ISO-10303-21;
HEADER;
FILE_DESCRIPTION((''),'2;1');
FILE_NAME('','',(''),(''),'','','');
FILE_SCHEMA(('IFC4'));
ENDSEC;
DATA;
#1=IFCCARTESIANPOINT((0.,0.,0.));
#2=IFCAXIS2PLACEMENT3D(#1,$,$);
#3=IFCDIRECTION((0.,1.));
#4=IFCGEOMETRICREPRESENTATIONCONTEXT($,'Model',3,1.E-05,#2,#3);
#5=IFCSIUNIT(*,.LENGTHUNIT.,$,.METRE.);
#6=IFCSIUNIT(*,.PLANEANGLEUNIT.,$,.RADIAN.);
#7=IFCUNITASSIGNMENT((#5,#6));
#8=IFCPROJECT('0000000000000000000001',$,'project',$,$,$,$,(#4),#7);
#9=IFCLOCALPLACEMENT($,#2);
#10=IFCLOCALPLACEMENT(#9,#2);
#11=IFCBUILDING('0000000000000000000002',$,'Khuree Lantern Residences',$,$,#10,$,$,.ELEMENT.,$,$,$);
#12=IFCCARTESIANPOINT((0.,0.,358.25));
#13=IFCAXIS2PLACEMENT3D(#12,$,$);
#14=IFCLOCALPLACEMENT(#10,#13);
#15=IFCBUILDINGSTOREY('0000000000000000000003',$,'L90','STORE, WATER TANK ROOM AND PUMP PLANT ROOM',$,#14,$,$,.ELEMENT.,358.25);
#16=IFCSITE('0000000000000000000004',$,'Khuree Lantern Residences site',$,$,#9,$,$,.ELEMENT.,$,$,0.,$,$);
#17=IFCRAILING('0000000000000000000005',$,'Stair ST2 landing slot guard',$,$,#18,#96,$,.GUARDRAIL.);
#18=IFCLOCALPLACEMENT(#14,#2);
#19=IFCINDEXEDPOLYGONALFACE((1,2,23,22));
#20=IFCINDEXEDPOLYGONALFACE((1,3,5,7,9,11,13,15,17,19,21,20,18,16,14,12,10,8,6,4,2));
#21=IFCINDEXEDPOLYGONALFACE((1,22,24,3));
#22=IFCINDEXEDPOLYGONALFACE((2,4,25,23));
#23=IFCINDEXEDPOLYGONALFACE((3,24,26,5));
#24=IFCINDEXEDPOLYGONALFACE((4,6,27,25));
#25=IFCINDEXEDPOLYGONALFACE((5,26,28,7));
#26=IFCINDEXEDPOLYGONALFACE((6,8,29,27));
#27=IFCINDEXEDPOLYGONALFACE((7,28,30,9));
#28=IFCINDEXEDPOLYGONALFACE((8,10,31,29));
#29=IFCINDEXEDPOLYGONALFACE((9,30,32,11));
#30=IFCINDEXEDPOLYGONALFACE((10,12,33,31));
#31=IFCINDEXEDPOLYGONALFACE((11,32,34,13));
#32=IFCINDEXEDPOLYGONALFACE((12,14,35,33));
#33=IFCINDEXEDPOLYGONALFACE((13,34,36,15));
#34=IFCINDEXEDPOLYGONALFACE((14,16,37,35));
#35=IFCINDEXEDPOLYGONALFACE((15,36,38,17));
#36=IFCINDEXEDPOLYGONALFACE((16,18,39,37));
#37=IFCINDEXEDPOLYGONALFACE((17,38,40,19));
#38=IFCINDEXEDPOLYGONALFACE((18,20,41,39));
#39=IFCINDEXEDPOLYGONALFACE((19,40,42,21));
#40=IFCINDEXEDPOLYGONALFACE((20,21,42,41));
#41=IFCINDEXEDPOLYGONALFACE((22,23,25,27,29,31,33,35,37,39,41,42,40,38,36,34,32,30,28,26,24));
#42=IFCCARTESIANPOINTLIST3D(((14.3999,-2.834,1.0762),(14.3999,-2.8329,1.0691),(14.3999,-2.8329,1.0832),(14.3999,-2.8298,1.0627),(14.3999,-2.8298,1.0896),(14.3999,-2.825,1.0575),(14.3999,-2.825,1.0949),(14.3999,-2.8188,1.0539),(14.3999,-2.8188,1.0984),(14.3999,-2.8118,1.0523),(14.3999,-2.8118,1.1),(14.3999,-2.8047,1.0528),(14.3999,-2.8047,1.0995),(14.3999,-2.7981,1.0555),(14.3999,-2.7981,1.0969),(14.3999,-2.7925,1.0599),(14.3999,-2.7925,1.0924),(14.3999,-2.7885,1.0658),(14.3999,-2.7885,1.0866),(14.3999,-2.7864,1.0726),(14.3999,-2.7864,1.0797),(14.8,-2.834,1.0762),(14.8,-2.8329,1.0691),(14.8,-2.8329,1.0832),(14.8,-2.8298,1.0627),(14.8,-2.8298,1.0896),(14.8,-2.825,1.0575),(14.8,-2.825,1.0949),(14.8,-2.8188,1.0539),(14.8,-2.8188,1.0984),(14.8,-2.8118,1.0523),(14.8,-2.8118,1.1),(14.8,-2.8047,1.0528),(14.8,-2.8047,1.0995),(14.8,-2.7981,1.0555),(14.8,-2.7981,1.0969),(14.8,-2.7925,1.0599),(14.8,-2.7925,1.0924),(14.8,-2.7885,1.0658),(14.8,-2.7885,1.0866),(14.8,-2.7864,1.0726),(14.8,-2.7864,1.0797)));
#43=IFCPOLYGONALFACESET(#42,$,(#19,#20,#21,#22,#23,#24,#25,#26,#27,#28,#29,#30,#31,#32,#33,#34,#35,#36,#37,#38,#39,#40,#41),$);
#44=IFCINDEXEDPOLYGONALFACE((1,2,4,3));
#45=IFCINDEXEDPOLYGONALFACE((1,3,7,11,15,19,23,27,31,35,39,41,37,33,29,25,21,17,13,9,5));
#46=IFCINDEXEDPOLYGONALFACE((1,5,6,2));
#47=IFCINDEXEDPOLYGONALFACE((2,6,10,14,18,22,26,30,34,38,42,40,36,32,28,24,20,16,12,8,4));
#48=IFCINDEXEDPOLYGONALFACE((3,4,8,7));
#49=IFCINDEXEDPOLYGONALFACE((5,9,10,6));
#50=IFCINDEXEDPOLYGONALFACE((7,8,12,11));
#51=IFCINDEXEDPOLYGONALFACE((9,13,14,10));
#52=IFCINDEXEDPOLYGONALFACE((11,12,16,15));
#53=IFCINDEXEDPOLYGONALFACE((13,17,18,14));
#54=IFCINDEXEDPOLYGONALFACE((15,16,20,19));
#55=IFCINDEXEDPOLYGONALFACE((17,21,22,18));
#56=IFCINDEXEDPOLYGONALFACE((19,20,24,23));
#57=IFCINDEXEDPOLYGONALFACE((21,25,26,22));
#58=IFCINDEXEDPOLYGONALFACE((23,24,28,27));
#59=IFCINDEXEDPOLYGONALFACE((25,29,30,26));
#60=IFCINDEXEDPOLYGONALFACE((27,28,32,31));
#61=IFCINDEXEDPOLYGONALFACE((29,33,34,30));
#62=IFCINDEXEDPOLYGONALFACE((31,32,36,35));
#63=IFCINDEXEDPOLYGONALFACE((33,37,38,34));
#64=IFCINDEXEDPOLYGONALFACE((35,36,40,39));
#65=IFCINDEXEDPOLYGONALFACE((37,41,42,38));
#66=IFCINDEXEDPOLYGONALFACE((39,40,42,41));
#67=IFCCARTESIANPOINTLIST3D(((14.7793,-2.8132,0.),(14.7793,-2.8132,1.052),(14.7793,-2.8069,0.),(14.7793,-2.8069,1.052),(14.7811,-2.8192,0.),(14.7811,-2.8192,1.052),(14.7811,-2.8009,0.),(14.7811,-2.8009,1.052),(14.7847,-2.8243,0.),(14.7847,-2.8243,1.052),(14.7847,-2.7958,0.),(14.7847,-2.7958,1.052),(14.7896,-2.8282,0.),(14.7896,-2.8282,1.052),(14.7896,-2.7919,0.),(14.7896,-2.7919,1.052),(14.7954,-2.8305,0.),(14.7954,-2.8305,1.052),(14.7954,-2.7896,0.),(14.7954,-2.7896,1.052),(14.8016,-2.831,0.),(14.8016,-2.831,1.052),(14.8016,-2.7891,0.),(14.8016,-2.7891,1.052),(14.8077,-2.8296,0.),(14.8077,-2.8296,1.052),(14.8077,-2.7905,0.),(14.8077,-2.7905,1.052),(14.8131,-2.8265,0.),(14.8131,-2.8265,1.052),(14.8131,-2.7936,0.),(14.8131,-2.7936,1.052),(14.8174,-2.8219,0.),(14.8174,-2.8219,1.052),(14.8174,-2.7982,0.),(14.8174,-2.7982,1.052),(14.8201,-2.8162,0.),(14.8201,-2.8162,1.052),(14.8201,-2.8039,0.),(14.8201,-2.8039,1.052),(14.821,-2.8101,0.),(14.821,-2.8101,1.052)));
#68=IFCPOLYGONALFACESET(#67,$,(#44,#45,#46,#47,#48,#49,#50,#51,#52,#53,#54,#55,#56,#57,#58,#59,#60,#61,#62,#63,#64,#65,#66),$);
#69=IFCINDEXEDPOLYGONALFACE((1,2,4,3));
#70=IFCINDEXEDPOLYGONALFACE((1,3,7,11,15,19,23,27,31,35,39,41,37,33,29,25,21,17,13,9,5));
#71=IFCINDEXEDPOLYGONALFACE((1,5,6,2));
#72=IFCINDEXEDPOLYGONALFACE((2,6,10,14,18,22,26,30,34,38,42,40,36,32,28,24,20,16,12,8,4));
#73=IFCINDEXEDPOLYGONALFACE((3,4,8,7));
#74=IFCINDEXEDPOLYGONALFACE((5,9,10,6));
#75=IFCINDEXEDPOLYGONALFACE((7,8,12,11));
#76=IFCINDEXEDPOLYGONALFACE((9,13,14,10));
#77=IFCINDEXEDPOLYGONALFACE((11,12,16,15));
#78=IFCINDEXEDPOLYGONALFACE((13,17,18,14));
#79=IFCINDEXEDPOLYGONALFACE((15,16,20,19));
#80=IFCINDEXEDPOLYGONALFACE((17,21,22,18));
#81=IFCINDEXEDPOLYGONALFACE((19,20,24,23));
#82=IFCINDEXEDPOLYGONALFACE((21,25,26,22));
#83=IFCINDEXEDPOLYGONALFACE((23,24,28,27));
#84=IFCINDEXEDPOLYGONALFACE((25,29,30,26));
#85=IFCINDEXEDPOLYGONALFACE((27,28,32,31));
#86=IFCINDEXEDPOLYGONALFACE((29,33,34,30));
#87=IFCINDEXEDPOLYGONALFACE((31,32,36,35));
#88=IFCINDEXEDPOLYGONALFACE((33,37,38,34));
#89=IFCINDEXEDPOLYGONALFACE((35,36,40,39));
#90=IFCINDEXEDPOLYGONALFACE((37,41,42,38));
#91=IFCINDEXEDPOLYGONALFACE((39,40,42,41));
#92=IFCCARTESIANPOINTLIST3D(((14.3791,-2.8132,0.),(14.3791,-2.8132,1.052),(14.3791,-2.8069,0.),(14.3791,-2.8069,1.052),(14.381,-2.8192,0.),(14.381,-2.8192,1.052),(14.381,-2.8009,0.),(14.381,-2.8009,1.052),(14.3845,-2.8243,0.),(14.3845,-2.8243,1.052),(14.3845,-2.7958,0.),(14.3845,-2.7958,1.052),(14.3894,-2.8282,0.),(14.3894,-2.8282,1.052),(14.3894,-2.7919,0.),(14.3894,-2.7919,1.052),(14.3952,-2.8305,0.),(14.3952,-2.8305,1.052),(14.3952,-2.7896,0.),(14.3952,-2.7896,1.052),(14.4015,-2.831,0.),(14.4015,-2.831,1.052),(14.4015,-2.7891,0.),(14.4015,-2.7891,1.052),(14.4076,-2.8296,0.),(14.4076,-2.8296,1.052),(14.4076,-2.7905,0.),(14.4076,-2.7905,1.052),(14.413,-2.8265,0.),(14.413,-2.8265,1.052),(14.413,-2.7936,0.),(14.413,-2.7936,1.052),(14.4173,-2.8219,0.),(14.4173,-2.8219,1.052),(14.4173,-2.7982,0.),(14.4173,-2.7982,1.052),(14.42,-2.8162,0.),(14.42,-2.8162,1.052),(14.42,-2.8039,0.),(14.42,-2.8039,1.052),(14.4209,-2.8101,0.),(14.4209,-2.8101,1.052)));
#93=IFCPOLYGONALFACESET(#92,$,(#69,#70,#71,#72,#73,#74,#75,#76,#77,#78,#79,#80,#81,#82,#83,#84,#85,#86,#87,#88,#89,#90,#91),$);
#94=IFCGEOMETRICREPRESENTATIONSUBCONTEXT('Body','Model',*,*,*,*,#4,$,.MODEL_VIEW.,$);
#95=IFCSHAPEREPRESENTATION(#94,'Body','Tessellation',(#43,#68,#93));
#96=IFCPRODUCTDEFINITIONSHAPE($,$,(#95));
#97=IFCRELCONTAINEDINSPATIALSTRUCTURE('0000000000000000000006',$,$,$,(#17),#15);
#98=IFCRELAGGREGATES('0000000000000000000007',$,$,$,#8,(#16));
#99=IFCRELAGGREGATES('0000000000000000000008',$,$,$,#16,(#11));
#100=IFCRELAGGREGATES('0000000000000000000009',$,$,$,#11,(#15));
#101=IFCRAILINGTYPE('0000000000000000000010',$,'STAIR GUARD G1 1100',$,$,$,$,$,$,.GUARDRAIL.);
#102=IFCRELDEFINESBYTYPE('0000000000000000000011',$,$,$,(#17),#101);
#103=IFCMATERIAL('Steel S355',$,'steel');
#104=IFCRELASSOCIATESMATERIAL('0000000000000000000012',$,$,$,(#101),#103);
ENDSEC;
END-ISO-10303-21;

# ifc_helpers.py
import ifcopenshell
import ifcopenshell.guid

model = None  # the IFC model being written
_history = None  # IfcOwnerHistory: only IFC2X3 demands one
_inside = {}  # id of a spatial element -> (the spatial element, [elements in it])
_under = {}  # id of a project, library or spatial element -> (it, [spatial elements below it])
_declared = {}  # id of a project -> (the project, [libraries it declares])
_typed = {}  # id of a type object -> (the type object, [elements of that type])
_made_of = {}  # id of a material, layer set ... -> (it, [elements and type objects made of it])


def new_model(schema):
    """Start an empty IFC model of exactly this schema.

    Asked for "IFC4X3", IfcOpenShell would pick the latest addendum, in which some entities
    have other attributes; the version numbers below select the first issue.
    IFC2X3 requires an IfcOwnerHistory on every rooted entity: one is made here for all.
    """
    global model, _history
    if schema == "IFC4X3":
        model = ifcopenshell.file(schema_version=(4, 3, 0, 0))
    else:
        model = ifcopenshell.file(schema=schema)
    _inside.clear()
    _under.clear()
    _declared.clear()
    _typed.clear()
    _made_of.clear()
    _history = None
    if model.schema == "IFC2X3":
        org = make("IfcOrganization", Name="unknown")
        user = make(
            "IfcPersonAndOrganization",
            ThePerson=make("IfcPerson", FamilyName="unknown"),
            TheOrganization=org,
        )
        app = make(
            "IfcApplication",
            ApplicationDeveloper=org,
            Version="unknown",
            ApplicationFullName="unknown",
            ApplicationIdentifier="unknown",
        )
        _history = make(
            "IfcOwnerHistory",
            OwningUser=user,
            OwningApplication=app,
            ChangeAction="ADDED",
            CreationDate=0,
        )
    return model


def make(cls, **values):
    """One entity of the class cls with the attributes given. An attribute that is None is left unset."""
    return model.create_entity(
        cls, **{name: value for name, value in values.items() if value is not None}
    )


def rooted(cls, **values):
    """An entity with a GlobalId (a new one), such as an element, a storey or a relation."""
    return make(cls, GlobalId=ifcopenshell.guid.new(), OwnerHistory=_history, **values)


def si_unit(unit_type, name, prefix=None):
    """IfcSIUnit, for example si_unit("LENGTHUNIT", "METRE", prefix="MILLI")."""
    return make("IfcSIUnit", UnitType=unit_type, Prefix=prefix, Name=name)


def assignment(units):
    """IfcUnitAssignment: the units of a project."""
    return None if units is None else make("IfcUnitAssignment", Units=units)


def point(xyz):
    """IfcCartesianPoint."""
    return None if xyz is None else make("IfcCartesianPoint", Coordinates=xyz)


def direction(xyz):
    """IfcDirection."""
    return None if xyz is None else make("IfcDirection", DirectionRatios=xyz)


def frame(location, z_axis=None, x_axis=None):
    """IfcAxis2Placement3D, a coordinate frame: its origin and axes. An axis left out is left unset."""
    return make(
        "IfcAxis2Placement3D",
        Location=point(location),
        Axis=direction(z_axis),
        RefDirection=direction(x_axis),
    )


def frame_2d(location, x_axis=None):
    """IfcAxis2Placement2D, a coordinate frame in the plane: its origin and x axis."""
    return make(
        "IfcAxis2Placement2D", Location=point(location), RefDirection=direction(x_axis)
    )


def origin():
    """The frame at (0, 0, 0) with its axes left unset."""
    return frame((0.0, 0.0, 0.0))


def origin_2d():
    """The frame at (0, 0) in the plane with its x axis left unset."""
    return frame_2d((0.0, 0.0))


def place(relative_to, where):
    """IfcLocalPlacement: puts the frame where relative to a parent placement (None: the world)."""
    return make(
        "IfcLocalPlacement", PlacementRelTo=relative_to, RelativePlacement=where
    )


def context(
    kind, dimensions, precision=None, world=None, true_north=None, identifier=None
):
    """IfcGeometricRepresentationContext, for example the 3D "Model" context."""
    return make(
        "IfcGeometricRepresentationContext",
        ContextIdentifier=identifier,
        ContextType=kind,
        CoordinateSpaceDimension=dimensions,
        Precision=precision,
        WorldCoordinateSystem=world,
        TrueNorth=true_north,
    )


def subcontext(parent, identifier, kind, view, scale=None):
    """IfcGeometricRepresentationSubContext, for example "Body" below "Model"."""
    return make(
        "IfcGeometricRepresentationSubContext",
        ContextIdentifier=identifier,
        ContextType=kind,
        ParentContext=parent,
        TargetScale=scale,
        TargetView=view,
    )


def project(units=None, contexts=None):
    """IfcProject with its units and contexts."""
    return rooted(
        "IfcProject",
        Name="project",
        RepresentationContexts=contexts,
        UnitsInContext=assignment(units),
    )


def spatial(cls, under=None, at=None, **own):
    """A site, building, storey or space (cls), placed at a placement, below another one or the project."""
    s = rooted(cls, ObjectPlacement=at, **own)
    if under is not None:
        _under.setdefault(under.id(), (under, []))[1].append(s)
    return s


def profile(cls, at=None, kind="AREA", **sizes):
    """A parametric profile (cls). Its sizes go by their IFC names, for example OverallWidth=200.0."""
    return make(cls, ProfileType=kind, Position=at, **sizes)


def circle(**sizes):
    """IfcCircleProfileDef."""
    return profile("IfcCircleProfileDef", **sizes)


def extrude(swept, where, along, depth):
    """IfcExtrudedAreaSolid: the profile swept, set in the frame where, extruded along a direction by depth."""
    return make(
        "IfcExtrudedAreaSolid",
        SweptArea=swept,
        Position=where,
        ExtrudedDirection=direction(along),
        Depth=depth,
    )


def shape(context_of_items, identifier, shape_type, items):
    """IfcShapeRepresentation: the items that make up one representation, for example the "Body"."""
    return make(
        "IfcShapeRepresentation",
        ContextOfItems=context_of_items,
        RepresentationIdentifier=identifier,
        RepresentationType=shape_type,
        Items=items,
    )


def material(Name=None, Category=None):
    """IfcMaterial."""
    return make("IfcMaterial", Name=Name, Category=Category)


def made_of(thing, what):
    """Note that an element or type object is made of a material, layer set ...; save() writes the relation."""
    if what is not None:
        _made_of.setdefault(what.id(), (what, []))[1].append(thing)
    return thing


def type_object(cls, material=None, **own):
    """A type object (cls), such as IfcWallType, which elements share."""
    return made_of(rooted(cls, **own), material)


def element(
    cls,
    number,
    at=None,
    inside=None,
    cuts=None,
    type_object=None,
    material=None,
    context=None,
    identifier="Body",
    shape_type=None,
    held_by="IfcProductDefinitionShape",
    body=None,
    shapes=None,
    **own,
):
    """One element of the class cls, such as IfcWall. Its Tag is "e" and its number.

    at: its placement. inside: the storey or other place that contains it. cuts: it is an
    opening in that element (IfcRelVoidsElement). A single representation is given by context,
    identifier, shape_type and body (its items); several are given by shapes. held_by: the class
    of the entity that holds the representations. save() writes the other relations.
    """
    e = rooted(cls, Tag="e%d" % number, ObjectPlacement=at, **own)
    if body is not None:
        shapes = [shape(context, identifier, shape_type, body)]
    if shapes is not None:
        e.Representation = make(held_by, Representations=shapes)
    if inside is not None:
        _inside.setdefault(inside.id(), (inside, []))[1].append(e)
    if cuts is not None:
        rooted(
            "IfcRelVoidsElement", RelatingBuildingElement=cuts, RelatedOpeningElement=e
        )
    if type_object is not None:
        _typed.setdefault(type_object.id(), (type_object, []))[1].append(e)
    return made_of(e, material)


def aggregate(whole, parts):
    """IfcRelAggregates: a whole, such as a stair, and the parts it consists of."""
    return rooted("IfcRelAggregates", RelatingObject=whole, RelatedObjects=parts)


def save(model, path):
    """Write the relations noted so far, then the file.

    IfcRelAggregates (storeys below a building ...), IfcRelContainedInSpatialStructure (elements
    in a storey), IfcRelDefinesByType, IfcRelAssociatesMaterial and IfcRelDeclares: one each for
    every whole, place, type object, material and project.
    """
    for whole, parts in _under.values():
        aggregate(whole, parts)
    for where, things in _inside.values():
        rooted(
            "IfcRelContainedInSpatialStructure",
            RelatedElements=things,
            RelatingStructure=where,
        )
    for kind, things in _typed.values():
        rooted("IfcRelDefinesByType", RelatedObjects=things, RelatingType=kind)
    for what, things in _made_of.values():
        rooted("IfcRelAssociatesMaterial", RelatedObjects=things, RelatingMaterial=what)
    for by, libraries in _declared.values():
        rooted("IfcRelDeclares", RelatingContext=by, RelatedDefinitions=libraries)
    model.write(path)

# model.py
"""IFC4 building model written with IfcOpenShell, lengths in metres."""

from ifc_helpers import new_model, si_unit, direction, frame, origin, origin_2d, place, context, subcontext, project, spatial, circle, extrude, material, type_object, element, save


model = new_model("IFC4")

# Units and contexts
model_context = context("Model", 3, precision=1e-05, world=origin(), true_north=direction((0.0, 1.0)))
body_context = subcontext(model_context, "Body", "Model", "MODEL_VIEW")
ifc_project = project(units=[si_unit("LENGTHUNIT", "METRE"), si_unit("PLANEANGLEUNIT", "RADIAN")], contexts=[model_context])

# Site, building, storey
site_placement = place(None, origin())
site = spatial("IfcSite", under=ifc_project, at=site_placement, Name="Khuree Lantern Residences site", CompositionType="ELEMENT", RefElevation=0.0)
building_placement = place(site_placement, origin())
building = spatial("IfcBuilding", under=site, at=building_placement, Name="Khuree Lantern Residences", CompositionType="ELEMENT")
storey_placement = place(building_placement, frame((0.0, 0.0, 358.25)))
storey = spatial("IfcBuildingStorey", under=building, at=storey_placement, Name="L90", Description="STORE, WATER TANK ROOM AND PUMP PLANT ROOM", CompositionType="ELEMENT", Elevation=358.25)

# Shared definitions
ifc_material_1 = material(Name="Steel S355", Category="steel")

# Railing
railing_type_1 = type_object("IfcRailingType", Name="STAIR GUARD G1 1100", PredefinedType="GUARDRAIL", material=ifc_material_1)
railing_1_placement = place(storey_placement, frame((14.8, -2.8101, 0.0)))
element("IfcRailing", 1, at=railing_1_placement, inside=storey, type_object=railing_type_1, Name="Stair ST2 landing slot guard", PredefinedType="GUARDRAIL", context=body_context, shape_type="SweptSolid", body=[
    extrude(circle(Radius=0.0239, at=origin_2d()), frame((0.0, 0.0, 1.0762), z_axis=(-1.0, 0.0, 0.0), x_axis=(0.0, -1.0, 0.0)), (0.0, 0.0, 1.0), 0.4001),
    extrude(circle(Radius=0.021, at=origin_2d()), origin(), (0.0, 0.0, 1.0), 1.052),
    extrude(circle(Radius=0.021, at=origin_2d()), frame((-0.4001, 0.0, 0.0)), (0.0, 0.0, 1.0), 1.052),
])

save(model, "model.ifc")
